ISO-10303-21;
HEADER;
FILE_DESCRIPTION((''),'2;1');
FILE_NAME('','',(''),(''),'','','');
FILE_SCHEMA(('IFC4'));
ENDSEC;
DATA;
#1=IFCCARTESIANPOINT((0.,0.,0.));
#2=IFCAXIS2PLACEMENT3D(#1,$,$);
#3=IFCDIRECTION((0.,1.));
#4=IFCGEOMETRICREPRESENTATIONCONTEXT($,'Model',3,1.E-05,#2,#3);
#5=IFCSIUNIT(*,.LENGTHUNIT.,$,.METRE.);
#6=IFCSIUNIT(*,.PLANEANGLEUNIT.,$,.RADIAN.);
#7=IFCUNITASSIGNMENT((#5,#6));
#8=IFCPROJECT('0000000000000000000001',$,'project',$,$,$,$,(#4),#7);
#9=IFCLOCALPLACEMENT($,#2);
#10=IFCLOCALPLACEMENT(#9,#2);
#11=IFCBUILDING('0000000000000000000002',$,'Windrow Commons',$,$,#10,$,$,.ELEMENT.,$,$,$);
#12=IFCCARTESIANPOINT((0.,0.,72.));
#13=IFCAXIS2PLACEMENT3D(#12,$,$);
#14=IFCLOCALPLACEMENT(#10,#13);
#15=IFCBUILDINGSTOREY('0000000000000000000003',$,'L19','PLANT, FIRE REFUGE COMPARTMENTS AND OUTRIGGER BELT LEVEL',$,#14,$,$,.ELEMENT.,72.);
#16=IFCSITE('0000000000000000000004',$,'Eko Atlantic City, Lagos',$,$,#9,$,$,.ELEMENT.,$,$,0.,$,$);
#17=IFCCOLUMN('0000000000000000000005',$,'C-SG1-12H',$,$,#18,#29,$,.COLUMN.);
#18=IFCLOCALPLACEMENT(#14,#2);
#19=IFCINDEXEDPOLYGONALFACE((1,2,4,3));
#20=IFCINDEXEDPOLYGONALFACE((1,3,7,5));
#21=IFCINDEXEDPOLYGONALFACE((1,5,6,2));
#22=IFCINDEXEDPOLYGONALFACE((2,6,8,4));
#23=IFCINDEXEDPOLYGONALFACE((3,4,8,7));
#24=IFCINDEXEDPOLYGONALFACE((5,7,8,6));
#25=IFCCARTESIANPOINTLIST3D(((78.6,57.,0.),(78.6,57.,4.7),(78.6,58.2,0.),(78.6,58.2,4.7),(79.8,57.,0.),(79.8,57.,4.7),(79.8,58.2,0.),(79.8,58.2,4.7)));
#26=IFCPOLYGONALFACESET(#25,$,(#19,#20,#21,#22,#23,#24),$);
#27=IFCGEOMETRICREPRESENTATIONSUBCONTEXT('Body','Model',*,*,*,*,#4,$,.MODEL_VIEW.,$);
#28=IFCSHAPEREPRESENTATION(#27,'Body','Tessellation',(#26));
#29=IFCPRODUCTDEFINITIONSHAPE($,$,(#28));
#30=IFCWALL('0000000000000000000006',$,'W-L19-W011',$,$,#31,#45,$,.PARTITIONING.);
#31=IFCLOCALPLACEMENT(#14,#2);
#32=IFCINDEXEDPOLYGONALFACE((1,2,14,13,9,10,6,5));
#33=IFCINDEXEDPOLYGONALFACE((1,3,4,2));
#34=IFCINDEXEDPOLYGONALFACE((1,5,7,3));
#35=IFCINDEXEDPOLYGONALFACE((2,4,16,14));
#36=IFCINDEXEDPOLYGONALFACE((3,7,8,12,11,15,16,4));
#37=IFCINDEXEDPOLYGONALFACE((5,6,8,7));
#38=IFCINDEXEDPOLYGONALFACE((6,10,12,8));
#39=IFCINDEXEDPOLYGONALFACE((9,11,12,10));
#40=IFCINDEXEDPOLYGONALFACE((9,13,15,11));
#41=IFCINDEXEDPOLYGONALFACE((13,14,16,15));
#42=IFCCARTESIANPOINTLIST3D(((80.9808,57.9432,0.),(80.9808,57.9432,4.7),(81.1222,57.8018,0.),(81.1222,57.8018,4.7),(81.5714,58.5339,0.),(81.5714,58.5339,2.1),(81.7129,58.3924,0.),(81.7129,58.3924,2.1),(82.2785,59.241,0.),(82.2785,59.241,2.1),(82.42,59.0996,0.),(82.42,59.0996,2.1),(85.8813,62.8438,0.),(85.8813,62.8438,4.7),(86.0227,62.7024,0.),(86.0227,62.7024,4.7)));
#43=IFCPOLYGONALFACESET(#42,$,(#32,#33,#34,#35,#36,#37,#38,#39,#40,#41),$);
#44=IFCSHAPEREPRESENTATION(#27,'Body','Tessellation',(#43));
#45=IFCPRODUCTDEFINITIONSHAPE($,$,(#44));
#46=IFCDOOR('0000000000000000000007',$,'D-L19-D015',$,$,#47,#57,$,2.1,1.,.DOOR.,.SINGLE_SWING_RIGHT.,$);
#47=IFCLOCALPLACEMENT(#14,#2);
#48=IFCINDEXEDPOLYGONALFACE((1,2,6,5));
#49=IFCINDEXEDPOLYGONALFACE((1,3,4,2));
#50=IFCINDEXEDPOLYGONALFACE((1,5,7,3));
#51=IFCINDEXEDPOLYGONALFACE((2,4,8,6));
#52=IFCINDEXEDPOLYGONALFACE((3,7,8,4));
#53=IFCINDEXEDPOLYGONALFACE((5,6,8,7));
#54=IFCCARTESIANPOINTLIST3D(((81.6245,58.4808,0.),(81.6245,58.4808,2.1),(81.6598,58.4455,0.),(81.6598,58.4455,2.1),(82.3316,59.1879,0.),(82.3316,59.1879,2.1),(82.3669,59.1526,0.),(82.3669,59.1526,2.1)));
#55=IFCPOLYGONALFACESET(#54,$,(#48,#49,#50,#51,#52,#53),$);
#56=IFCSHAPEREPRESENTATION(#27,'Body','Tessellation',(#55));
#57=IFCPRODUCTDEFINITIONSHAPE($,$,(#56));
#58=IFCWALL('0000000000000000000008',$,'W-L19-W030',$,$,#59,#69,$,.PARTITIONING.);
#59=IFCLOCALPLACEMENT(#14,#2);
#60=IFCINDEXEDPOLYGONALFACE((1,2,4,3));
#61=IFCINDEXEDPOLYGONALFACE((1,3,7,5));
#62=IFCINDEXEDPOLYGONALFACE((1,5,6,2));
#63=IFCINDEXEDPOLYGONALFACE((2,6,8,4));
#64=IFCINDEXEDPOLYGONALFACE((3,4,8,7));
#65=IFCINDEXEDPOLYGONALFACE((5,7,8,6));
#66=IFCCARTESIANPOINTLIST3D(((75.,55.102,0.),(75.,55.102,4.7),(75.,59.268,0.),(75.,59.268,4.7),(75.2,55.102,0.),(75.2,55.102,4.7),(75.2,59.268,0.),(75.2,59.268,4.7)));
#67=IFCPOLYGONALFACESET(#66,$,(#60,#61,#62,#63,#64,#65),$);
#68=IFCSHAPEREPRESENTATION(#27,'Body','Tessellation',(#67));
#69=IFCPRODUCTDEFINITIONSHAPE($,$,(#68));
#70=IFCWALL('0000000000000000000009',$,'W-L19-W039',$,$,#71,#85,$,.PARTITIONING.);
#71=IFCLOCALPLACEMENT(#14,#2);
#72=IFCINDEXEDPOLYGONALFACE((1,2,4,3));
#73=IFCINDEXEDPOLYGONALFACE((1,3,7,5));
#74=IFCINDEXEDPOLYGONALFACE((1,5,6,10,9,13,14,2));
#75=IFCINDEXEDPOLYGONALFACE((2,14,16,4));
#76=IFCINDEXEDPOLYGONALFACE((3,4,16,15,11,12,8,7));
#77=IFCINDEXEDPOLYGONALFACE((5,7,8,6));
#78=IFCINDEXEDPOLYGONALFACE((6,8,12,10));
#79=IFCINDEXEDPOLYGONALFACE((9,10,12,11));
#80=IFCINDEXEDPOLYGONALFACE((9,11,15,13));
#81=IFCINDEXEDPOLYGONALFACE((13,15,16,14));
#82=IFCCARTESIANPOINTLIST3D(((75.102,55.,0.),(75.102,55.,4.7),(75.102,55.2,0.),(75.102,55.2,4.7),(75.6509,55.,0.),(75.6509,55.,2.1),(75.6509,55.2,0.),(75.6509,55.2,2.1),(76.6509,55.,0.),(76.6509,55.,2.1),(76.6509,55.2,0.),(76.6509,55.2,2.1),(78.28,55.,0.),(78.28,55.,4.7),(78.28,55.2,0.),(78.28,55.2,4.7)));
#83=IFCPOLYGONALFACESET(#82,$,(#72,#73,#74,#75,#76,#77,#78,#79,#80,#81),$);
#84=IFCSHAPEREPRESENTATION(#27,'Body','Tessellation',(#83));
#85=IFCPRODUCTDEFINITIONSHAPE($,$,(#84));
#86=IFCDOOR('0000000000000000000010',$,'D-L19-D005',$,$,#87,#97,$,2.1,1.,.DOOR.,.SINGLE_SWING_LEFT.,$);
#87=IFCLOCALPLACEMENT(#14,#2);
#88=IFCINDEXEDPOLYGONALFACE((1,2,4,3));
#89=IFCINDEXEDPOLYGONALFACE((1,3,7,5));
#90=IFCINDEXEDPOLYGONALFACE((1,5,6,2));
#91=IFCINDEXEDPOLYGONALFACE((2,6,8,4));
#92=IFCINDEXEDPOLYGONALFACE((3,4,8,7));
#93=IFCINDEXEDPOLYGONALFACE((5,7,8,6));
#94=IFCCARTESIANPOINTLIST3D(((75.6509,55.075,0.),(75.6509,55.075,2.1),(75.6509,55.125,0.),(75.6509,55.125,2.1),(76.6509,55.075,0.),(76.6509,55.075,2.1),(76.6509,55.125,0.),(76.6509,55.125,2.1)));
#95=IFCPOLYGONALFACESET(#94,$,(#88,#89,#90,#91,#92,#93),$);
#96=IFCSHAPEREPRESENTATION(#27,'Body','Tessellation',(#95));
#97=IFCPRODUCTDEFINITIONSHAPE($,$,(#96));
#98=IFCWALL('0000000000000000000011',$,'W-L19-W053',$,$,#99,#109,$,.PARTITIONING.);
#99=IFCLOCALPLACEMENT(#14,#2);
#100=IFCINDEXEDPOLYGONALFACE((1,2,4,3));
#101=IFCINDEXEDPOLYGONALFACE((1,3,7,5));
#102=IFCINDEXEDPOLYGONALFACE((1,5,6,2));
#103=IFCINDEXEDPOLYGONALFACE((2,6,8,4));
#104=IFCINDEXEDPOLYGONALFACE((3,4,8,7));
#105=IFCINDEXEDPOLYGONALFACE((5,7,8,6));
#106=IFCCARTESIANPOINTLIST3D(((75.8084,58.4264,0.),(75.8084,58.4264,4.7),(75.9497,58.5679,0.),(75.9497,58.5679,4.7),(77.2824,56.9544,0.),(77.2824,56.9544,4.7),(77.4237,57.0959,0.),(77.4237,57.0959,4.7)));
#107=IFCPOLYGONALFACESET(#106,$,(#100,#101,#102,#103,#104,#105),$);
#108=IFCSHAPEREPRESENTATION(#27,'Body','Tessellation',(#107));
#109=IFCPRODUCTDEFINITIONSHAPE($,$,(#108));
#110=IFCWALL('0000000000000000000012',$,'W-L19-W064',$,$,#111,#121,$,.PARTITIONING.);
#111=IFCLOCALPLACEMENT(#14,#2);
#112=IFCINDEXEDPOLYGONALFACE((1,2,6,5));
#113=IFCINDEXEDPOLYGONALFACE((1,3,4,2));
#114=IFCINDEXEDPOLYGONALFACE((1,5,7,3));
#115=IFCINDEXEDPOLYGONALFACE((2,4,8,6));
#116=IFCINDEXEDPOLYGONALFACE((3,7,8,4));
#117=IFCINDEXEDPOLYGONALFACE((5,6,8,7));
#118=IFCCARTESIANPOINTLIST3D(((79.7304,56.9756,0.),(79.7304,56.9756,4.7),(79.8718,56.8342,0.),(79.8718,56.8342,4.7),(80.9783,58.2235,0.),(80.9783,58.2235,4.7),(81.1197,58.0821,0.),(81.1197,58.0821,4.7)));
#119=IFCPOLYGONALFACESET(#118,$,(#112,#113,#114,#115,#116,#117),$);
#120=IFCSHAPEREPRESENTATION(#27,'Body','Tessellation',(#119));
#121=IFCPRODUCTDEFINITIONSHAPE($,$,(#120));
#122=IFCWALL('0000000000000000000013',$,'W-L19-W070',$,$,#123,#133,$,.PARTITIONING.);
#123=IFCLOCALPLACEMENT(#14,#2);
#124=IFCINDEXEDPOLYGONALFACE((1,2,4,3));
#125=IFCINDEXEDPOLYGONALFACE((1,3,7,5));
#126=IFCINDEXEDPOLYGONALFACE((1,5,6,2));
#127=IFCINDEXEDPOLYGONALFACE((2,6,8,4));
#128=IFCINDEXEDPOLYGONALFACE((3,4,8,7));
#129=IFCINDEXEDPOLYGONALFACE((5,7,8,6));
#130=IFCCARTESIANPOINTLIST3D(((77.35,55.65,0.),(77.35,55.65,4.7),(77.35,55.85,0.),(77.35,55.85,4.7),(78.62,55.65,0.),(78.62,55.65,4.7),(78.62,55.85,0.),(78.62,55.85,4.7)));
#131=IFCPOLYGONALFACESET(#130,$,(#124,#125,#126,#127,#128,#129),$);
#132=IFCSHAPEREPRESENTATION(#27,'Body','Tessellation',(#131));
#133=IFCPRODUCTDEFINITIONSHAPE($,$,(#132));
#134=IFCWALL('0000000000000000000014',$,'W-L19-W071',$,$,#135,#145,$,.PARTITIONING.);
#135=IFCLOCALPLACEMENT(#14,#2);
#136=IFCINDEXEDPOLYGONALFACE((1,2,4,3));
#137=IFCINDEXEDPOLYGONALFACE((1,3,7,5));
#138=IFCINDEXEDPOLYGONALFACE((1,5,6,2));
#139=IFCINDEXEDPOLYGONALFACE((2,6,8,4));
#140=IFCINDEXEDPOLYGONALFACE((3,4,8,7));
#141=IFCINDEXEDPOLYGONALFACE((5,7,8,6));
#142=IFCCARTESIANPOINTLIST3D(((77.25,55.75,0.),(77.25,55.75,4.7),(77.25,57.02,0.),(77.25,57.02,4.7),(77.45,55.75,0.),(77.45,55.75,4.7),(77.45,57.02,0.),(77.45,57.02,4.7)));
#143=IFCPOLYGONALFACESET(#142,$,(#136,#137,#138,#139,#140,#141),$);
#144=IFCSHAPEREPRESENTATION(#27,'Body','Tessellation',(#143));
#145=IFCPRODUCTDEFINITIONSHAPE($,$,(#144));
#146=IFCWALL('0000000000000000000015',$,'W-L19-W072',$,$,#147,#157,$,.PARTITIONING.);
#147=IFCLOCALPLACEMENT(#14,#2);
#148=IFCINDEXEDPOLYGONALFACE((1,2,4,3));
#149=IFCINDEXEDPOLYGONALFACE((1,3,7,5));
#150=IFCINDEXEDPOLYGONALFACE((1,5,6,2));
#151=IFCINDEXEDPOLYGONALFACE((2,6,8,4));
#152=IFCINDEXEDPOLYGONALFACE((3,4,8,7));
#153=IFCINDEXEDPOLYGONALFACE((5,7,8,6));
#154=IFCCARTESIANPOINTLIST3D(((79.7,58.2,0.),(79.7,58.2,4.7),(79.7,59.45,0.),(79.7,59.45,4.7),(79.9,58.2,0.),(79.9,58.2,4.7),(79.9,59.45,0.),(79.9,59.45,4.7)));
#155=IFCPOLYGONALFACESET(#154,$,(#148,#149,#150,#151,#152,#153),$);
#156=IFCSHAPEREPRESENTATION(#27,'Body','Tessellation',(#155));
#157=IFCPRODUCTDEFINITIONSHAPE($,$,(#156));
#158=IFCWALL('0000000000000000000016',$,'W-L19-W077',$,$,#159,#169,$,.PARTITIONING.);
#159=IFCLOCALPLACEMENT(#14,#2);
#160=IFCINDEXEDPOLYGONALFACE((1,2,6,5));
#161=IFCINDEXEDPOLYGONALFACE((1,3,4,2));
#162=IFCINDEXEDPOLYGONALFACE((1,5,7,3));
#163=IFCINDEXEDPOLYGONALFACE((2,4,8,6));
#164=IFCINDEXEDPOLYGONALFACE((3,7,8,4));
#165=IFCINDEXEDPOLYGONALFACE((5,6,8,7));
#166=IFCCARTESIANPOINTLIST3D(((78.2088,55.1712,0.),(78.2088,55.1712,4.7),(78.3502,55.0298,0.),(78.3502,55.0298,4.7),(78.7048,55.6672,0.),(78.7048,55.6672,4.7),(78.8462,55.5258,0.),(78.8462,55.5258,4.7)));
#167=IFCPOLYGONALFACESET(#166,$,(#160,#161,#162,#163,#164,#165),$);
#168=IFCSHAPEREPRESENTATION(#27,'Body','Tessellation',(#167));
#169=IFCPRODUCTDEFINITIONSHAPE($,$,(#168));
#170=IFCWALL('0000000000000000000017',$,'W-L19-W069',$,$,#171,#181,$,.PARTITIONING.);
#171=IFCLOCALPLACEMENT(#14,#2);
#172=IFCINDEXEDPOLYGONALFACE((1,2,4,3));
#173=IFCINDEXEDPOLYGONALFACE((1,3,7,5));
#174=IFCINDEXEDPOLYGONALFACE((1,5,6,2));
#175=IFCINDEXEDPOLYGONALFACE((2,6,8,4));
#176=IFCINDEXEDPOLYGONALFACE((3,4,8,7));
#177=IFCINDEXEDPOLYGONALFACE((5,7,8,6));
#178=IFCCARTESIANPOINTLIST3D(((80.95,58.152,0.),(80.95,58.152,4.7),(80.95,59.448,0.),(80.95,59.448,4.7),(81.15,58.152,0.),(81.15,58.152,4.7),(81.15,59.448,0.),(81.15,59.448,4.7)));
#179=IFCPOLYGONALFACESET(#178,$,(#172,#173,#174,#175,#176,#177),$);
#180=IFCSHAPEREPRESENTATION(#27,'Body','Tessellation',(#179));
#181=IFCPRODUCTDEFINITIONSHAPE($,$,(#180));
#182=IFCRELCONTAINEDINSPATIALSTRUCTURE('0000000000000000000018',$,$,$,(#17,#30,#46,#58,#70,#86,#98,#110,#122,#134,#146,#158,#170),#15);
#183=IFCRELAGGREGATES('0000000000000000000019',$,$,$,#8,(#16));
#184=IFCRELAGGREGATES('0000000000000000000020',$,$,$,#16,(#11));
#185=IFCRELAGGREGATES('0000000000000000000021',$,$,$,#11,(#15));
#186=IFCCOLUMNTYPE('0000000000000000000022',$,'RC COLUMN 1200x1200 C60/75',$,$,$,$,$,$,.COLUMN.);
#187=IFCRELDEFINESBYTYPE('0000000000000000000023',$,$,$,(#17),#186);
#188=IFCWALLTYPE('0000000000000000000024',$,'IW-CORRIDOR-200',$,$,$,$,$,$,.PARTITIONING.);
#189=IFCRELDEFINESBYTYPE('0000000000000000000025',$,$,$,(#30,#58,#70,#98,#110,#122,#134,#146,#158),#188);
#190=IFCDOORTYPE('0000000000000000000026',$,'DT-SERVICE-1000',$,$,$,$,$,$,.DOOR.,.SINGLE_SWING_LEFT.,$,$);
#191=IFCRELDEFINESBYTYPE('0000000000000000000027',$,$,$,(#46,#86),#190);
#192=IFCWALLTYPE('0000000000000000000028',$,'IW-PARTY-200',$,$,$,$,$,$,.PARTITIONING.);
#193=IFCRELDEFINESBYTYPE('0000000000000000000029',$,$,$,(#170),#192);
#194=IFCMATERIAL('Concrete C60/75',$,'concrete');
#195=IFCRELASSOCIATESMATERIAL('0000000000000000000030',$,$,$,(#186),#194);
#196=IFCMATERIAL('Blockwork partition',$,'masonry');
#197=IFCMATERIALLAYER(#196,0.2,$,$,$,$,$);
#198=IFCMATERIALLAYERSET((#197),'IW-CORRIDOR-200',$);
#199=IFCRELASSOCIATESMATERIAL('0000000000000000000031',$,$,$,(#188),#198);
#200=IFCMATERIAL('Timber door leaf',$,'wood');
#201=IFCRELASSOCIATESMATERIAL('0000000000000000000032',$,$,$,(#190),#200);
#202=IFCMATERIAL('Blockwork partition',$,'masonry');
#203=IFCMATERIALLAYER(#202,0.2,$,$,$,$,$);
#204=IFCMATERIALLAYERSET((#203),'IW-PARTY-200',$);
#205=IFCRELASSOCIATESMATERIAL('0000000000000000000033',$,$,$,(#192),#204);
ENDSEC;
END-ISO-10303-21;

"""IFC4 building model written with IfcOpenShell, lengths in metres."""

from ifc_helpers import new_model, si_unit, direction, frame, frame_2d, origin, origin_2d, place, context, subcontext, project, spatial, rectangle, extrude, material, layer, layer_set, material_profile, profile_set, type_object, element, fill, save


model = new_model("IFC4")

# Units and contexts
model_context = context("Model", 3, precision=1e-05, world=origin(), true_north=direction((0.0, 1.0)))
body_context = subcontext(model_context, "Body", "Model", "MODEL_VIEW")
ifc_project = project(units=[si_unit("LENGTHUNIT", "METRE"), si_unit("PLANEANGLEUNIT", "RADIAN")], contexts=[model_context])

# Site, building, storey
site_placement = place(None, origin())
site = spatial("IfcSite", under=ifc_project, at=site_placement, Name="Eko Atlantic City, Lagos", CompositionType="ELEMENT", RefElevation=0.0)
building_placement = place(site_placement, origin())
building = spatial("IfcBuilding", under=site, at=building_placement, Name="Windrow Commons", CompositionType="ELEMENT")
storey_placement = place(building_placement, frame((0.0, 0.0, 72.0)))
storey = spatial("IfcBuildingStorey", under=building, at=storey_placement, Name="L19", Description="PLANT, FIRE REFUGE COMPARTMENTS AND OUTRIGGER BELT LEVEL", CompositionType="ELEMENT", Elevation=72.0)

# Column
ifc_material_1 = material(Name="Concrete C60/75", Category="concrete")
ifc_material_profile = material_profile(ifc_material_1, rectangle(XDim=1.2, YDim=1.2, at=origin_2d()))
ifc_profile_set = profile_set([ifc_material_profile], Name="Concrete C60/75")
column_type = type_object("IfcColumnType", Name="RC COLUMN 1200x1200 C60/75", PredefinedType="COLUMN", material=ifc_profile_set)
column_placement = place(storey_placement, frame((79.2, 57.6, 0.0), z_axis=(0.0, 0.0, 1.0), x_axis=(1.0, 0.0, 0.0)))
element("IfcColumn", 1, at=column_placement, inside=storey, type_object=column_type, Name="C-SG1-12H", PredefinedType="COLUMN", context=body_context, shape_type="SweptSolid", body=[
    extrude(rectangle(XDim=1.2, YDim=1.2, at=origin_2d()), origin(), (0.0, 0.0, 1.0), 4.7),
])

# Wall, opening, door
ifc_material_2 = material(Name="Blockwork partition", Category="masonry")
ifc_layer_1 = layer(ifc_material_2, 0.2)
ifc_layer_set_1 = layer_set([ifc_layer_1], Name="IW-CORRIDOR-200")
wall_type_1 = type_object("IfcWallType", Name="IW-CORRIDOR-200", PredefinedType="PARTITIONING", material=ifc_layer_set_1)
wall_1_placement = place(storey_placement, frame((81.0515, 57.8725, 0.0), z_axis=(0.0, 0.0, 1.0), x_axis=(0.7071, 0.707114, 0.0)))
wall_1 = element("IfcWall", 2, at=wall_1_placement, inside=storey, type_object=wall_type_1, Name="W-L19-W011", PredefinedType="PARTITIONING", context=body_context, shape_type="SweptSolid", body=[
    extrude(rectangle(XDim=6.9304, YDim=0.2, at=frame_2d((3.4652, 0.0))), origin(), (0.0, 0.0, 1.0), 4.7),
])
opening_1_placement = place(wall_1_placement, frame((0.8353, 0.0, 0.0)))
opening_1 = element("IfcOpeningElement", 3, at=opening_1_placement, cuts=wall_1, PredefinedType="OPENING", context=body_context, shape_type="SweptSolid", body=[
    extrude(rectangle(XDim=1.0, YDim=2.1, at=frame_2d((0.5, 1.05))), frame((0.0, 0.11, 0.0), z_axis=(0.0, -1.0, 0.0), x_axis=(1.0, 0.0, 0.0)), (0.0, 0.0, 1.0), 0.22),
])
ifc_material_3 = material(Name="Timber door leaf", Category="wood")
door_type_1 = type_object("IfcDoorType", Name="DT-SERVICE-1000", OperationType="SINGLE_SWING_LEFT", PredefinedType="DOOR", material=ifc_material_3)
door_1_placement = place(opening_1_placement, origin())
door_1 = element("IfcDoor", 4, at=door_1_placement, inside=storey, type_object=door_type_1, Name="D-L19-D015", OperationType="SINGLE_SWING_RIGHT", OverallHeight=2.1, OverallWidth=1.0, PredefinedType="DOOR", context=body_context, shape_type="SweptSolid", body=[
    extrude(rectangle(XDim=1.0, YDim=2.1, at=frame_2d((0.5, 1.05))), frame((0.0, 0.025, 0.0), z_axis=(0.0, -1.0, 0.0), x_axis=(1.0, 0.0, 0.0)), (0.0, 0.0, 1.0), 0.05),
])
fill(opening_1, door_1)

# Wall
wall_2_placement = place(storey_placement, frame((75.1, 55.102, 0.0), z_axis=(0.0, 0.0, 1.0), x_axis=(0.0, 1.0, 0.0)))
element("IfcWall", 5, at=wall_2_placement, inside=storey, type_object=wall_type_1, Name="W-L19-W030", PredefinedType="PARTITIONING", context=body_context, shape_type="SweptSolid", body=[
    extrude(rectangle(XDim=4.166, YDim=0.2, at=frame_2d((2.083, 0.0))), origin(), (0.0, 0.0, 1.0), 4.7),
])

# Wall, opening, door
wall_3_placement = place(storey_placement, frame((75.102, 55.1, 0.0), z_axis=(0.0, 0.0, 1.0), x_axis=(1.0, 0.0, 0.0)))
wall_3 = element("IfcWall", 6, at=wall_3_placement, inside=storey, type_object=wall_type_1, Name="W-L19-W039", PredefinedType="PARTITIONING", context=body_context, shape_type="SweptSolid", body=[
    extrude(rectangle(XDim=3.178, YDim=0.2, at=frame_2d((1.589, 0.0))), origin(), (0.0, 0.0, 1.0), 4.7),
])
opening_2_placement = place(wall_3_placement, frame((0.5489, 0.0, 0.0)))
opening_2 = element("IfcOpeningElement", 7, at=opening_2_placement, cuts=wall_3, PredefinedType="OPENING", context=body_context, shape_type="SweptSolid", body=[
    extrude(rectangle(XDim=1.0, YDim=2.1, at=frame_2d((0.5, 1.05))), frame((0.0, 0.11, 0.0), z_axis=(0.0, -1.0, 0.0), x_axis=(1.0, 0.0, 0.0)), (0.0, 0.0, 1.0), 0.22),
])
door_2_placement = place(opening_2_placement, origin())
door_2 = element("IfcDoor", 8, at=door_2_placement, inside=storey, type_object=door_type_1, Name="D-L19-D005", OperationType="SINGLE_SWING_LEFT", OverallHeight=2.1, OverallWidth=1.0, PredefinedType="DOOR", context=body_context, shape_type="SweptSolid", body=[
    extrude(rectangle(XDim=1.0, YDim=2.1, at=frame_2d((0.5, 1.05))), frame((0.0, 0.025, 0.0), z_axis=(0.0, -1.0, 0.0), x_axis=(1.0, 0.0, 0.0)), (0.0, 0.0, 1.0), 0.05),
])
fill(opening_2, door_2)

# Walls
wall_4_placement = place(storey_placement, frame((75.8791, 58.4971, 0.0), z_axis=(0.0, 0.0, 1.0), x_axis=(0.707587, -0.706627, 0.0)))
element("IfcWall", 9, at=wall_4_placement, inside=storey, type_object=wall_type_1, Name="W-L19-W053", PredefinedType="PARTITIONING", context=body_context, shape_type="SweptSolid", body=[
    extrude(rectangle(XDim=2.0831, YDim=0.2, at=frame_2d((1.0415, 0.0))), origin(), (0.0, 0.0, 1.0), 4.7),
])
wall_5_placement = place(storey_placement, frame((79.8011, 56.9049, 0.0), z_axis=(0.0, 0.0, 1.0), x_axis=(0.707107, 0.707107, 0.0)))
element("IfcWall", 10, at=wall_5_placement, inside=storey, type_object=wall_type_1, Name="W-L19-W064", PredefinedType="PARTITIONING", context=body_context, shape_type="SweptSolid", body=[
    extrude(rectangle(XDim=1.7649, YDim=0.2, at=frame_2d((0.8824, 0.0))), origin(), (0.0, 0.0, 1.0), 4.7),
])
for number, where, z_axis, x_axis, name in (
    (11, (77.35, 55.75, 0.0), (0.0, 0.0, 1.0), (1.0, 0.0, 0.0), "W-L19-W070"),
    (12, (77.35, 55.75, 0.0), (0.0, 0.0, 1.0), (0.0, 1.0, 0.0), "W-L19-W071"),
):
    element("IfcWall", number, at=place(storey_placement, frame(where, z_axis=z_axis, x_axis=x_axis)), inside=storey, type_object=wall_type_1, Name=name, PredefinedType="PARTITIONING", context=body_context, shape_type="SweptSolid", body=[
        extrude(rectangle(XDim=1.27, YDim=0.2, at=frame_2d((0.635, 0.0))), origin(), (0.0, 0.0, 1.0), 4.7),
    ])
wall_6_placement = place(storey_placement, frame((79.8, 58.2, 0.0), z_axis=(0.0, 0.0, 1.0), x_axis=(0.0, 1.0, 0.0)))
element("IfcWall", 13, at=wall_6_placement, inside=storey, type_object=wall_type_1, Name="W-L19-W072", PredefinedType="PARTITIONING", context=body_context, shape_type="SweptSolid", body=[
    extrude(rectangle(XDim=1.25, YDim=0.2, at=frame_2d((0.625, 0.0))), origin(), (0.0, 0.0, 1.0), 4.7),
])
wall_7_placement = place(storey_placement, frame((78.2795, 55.1005, 0.0), z_axis=(0.0, 0.0, 1.0), x_axis=(0.707107, 0.707107, 0.0)))
element("IfcWall", 14, at=wall_7_placement, inside=storey, type_object=wall_type_1, Name="W-L19-W077", PredefinedType="PARTITIONING", context=body_context, shape_type="SweptSolid", body=[
    extrude(rectangle(XDim=0.7014, YDim=0.2, at=frame_2d((0.3507, 0.0))), origin(), (0.0, 0.0, 1.0), 4.7),
])
ifc_material_4 = material(Name="Blockwork partition", Category="masonry")
ifc_layer_2 = layer(ifc_material_4, 0.2)
ifc_layer_set_2 = layer_set([ifc_layer_2], Name="IW-PARTY-200")
wall_type_2 = type_object("IfcWallType", Name="IW-PARTY-200", PredefinedType="PARTITIONING", material=ifc_layer_set_2)
wall_8_placement = place(storey_placement, frame((81.05, 58.152, 0.0), z_axis=(0.0, 0.0, 1.0), x_axis=(0.0, 1.0, 0.0)))
element("IfcWall", 15, at=wall_8_placement, inside=storey, type_object=wall_type_2, Name="W-L19-W069", PredefinedType="PARTITIONING", context=body_context, shape_type="SweptSolid", body=[
    extrude(rectangle(XDim=1.296, YDim=0.2, at=frame_2d((0.648, 0.0))), origin(), (0.0, 0.0, 1.0), 4.7),
])

save(model, "model.ifc")
